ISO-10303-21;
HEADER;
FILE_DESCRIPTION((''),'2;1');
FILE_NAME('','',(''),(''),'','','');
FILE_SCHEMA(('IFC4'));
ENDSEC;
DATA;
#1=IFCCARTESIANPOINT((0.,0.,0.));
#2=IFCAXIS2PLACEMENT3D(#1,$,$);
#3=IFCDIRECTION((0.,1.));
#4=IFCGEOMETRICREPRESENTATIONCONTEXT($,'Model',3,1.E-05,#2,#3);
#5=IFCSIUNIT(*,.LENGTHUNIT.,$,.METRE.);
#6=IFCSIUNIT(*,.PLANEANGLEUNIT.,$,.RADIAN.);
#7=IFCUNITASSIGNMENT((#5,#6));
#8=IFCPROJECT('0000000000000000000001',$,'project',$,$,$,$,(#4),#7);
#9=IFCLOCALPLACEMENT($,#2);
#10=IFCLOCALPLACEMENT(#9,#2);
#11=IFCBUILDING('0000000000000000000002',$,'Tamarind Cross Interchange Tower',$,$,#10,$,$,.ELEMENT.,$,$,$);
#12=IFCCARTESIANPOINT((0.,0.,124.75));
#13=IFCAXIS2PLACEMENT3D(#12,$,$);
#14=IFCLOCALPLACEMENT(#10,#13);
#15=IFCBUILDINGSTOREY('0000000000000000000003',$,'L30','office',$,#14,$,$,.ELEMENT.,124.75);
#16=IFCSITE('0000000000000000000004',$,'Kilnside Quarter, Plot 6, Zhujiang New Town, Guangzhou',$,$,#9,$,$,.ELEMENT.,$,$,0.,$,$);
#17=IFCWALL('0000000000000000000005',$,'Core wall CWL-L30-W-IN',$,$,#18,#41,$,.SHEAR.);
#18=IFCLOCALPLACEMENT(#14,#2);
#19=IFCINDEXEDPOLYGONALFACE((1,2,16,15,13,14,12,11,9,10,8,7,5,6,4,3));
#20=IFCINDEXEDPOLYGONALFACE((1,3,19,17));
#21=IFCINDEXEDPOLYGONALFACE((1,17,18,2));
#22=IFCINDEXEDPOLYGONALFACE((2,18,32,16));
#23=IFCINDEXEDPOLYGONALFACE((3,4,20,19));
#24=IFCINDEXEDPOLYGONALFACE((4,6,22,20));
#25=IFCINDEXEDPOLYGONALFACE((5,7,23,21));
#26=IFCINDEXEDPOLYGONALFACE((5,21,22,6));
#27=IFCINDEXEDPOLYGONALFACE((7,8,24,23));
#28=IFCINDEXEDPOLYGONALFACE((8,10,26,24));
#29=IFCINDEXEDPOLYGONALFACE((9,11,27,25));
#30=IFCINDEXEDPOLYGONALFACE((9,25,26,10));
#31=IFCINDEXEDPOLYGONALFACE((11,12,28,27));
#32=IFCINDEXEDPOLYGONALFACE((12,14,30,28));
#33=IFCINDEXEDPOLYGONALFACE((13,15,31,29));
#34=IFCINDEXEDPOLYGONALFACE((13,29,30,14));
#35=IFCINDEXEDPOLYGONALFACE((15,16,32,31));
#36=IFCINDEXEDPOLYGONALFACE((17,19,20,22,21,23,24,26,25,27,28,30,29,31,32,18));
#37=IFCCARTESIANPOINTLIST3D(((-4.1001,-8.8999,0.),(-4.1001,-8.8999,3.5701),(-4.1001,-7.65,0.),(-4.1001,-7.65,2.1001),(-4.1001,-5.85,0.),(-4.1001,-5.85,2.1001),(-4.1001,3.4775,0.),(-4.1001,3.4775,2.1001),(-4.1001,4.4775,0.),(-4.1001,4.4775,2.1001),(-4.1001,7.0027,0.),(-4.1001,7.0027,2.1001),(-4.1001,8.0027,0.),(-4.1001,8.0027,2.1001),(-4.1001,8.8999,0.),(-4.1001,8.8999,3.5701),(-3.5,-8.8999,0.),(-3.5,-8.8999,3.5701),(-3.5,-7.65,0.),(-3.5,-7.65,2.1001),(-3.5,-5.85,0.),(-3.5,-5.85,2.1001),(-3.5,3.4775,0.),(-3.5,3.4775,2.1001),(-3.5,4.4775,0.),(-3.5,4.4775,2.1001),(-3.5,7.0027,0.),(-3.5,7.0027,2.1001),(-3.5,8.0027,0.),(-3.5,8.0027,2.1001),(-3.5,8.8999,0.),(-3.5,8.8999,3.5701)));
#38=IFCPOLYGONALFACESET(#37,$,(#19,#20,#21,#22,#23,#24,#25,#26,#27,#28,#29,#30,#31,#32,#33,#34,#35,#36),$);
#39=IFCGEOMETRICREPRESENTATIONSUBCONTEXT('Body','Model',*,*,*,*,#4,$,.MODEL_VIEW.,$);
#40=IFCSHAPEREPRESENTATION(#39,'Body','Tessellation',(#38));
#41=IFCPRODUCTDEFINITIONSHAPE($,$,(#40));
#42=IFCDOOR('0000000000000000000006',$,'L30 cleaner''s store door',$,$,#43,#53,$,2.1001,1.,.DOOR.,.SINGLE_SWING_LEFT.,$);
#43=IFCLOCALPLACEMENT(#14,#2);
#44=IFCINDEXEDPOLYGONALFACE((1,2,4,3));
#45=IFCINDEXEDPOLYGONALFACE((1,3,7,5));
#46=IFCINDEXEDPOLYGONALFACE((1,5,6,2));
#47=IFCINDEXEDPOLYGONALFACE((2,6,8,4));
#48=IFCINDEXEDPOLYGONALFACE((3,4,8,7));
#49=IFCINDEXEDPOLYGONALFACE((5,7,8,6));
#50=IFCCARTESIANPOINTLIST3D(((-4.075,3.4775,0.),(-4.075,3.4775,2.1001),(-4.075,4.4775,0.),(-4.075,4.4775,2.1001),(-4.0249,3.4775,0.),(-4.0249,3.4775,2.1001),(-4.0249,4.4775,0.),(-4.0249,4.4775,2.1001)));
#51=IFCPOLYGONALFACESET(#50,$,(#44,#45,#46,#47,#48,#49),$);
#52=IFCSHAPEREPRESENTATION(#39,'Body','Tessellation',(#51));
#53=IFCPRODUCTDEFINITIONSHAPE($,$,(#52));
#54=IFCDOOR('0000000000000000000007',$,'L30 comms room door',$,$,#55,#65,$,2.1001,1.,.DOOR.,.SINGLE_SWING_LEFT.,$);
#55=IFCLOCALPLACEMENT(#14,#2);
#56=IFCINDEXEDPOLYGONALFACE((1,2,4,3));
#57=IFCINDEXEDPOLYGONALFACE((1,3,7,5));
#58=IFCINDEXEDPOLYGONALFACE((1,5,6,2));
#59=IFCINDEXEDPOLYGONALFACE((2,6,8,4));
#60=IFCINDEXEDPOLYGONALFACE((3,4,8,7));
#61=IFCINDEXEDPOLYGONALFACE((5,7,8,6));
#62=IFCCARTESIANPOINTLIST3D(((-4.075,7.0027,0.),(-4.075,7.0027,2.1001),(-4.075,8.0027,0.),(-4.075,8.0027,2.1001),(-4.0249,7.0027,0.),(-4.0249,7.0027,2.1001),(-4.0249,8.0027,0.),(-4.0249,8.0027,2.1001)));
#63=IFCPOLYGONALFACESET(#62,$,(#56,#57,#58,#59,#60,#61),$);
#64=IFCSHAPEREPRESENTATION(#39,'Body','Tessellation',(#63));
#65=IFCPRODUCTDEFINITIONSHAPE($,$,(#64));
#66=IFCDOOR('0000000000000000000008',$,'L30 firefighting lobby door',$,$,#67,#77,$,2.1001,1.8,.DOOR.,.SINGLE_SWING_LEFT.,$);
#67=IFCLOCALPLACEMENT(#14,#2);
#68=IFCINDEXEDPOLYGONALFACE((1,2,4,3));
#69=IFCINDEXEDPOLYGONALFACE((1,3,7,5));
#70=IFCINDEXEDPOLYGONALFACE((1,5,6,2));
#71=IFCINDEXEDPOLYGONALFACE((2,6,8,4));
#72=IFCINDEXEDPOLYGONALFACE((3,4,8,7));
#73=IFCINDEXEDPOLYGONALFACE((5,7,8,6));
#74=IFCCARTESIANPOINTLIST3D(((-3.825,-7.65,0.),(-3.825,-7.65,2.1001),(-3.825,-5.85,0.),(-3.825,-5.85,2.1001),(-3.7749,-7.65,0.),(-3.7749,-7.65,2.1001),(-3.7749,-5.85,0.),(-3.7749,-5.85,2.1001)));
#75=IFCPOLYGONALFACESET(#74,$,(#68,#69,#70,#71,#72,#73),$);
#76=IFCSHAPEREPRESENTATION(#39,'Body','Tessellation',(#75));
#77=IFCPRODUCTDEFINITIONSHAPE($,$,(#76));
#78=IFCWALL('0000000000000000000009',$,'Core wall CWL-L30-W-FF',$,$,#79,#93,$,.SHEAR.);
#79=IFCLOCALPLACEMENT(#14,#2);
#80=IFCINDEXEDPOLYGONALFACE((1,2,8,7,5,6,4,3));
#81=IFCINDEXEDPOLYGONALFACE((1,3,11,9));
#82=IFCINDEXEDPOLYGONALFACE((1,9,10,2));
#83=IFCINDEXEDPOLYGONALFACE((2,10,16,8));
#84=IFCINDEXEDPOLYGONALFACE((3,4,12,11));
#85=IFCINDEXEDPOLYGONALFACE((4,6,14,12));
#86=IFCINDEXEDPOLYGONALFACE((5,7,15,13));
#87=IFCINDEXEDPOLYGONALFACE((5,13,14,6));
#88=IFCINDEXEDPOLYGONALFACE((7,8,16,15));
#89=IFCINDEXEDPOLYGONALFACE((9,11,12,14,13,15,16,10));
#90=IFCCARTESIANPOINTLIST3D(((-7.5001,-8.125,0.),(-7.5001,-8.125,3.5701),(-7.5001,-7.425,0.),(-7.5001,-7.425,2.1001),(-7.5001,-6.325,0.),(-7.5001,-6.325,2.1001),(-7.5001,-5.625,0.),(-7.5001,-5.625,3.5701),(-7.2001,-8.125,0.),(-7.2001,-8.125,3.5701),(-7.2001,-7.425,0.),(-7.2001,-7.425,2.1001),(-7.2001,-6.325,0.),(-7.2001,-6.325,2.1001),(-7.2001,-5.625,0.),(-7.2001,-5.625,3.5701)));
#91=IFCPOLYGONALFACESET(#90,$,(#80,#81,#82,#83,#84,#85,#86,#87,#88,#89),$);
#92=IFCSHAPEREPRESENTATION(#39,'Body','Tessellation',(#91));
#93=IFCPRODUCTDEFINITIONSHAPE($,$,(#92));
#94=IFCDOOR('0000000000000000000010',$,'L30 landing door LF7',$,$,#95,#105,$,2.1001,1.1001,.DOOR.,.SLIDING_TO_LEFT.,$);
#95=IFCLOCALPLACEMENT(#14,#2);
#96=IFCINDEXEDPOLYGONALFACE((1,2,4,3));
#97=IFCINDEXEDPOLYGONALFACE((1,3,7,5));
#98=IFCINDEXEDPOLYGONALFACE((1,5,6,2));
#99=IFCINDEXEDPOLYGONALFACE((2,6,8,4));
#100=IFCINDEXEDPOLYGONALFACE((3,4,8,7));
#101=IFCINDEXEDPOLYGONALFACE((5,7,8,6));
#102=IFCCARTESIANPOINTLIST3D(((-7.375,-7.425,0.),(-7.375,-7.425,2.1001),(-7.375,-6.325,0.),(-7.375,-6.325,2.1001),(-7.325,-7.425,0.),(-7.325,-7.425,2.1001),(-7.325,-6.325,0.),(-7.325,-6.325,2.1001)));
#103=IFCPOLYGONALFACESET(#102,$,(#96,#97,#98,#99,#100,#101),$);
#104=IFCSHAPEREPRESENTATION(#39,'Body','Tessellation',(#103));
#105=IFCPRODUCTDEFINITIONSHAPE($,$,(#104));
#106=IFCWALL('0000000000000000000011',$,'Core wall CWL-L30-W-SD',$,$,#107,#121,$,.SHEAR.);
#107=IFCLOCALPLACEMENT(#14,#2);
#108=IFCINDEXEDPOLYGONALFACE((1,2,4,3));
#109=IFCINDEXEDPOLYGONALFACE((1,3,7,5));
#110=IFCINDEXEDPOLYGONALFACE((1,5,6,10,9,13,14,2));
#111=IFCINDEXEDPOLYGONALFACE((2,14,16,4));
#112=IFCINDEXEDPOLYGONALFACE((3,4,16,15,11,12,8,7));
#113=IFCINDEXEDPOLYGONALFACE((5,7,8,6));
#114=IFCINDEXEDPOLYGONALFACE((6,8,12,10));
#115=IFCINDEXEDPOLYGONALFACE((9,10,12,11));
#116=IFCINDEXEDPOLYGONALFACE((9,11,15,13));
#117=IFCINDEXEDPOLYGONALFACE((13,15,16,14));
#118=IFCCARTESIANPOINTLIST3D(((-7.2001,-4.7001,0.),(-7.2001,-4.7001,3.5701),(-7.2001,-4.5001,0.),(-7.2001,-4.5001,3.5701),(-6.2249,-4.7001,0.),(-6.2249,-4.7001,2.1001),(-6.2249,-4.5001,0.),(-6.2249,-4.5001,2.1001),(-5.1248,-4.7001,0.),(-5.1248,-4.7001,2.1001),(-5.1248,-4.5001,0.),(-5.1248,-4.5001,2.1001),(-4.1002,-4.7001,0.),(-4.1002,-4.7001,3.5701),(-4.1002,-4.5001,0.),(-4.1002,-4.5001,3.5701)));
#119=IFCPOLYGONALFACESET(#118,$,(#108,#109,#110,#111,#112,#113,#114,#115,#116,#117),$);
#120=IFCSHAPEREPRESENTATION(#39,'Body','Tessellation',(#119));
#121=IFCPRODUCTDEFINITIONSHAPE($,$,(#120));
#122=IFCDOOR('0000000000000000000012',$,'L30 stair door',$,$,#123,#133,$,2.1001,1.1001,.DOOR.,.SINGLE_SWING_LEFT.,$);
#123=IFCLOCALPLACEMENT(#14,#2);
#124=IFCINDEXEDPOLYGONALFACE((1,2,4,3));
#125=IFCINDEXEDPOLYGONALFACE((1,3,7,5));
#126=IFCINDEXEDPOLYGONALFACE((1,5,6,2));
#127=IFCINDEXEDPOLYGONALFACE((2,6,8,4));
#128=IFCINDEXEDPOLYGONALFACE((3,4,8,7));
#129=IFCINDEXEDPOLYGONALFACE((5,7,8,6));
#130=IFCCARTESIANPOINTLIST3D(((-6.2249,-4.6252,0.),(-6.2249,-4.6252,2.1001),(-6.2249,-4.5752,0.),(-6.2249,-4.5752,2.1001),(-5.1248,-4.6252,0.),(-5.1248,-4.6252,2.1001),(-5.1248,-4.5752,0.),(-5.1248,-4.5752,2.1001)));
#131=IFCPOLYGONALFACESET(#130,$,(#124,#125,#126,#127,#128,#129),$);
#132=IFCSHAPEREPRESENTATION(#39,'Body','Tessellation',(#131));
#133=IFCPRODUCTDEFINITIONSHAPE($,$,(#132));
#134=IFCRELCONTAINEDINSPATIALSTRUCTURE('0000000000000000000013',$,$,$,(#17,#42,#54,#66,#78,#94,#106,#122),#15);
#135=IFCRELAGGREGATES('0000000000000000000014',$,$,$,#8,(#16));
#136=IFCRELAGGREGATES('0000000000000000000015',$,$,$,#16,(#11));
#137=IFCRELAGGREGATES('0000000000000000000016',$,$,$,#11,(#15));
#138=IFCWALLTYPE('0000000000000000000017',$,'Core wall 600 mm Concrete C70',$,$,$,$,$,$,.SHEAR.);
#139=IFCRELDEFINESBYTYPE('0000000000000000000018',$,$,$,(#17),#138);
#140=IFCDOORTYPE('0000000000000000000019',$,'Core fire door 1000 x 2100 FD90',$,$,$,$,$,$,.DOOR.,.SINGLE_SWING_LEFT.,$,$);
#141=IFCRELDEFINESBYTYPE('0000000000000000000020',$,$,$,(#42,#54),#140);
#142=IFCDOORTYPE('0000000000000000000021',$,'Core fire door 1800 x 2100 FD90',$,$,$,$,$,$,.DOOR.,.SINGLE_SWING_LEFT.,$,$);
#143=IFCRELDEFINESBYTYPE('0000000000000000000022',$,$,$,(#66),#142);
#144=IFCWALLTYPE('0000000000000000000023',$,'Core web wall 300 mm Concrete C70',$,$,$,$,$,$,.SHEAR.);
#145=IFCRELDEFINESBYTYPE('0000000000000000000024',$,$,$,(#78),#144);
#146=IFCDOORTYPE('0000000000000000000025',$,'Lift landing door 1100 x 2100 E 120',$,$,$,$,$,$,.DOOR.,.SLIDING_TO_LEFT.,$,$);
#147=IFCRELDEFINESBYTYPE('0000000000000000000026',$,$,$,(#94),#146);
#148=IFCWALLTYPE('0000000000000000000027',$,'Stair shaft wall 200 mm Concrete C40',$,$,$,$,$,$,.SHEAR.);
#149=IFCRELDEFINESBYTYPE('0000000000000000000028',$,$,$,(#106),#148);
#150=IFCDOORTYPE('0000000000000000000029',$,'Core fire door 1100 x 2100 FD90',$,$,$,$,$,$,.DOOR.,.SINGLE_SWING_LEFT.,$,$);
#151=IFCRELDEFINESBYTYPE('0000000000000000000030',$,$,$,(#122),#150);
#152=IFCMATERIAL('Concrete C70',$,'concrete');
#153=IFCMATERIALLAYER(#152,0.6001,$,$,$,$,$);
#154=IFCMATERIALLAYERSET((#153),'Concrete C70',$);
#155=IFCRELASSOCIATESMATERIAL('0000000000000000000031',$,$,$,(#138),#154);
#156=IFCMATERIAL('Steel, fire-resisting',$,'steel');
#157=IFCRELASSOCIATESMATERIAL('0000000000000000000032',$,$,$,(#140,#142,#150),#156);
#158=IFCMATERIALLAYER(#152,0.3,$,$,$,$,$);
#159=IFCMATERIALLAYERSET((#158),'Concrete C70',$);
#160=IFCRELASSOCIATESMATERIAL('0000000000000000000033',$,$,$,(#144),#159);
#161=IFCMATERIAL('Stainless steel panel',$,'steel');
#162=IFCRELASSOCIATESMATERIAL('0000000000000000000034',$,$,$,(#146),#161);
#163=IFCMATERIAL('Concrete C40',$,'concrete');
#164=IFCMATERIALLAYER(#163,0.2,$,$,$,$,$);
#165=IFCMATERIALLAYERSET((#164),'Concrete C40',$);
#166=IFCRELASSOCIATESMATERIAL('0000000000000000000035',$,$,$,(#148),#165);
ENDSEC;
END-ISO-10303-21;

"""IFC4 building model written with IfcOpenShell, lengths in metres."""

from ifc_helpers import new_model, si_unit, direction, frame, frame_2d, origin, place, context, subcontext, project, spatial, rectangle, extrude, material, layer, layer_set, type_object, element, fill, save


model = new_model("IFC4")

# Units and contexts
model_context = context("Model", 3, precision=1e-05, world=origin(), true_north=direction((0.0, 1.0)))
body_context = subcontext(model_context, "Body", "Model", "MODEL_VIEW")
ifc_project = project(units=[si_unit("LENGTHUNIT", "METRE"), si_unit("PLANEANGLEUNIT", "RADIAN")], contexts=[model_context])

# Site, building, storey
site_placement = place(None, origin())
site = spatial("IfcSite", under=ifc_project, at=site_placement, Name="Kilnside Quarter, Plot 6, Zhujiang New Town, Guangzhou", CompositionType="ELEMENT", RefElevation=0.0)
building_placement = place(site_placement, origin())
building = spatial("IfcBuilding", under=site, at=building_placement, Name="Tamarind Cross Interchange Tower", CompositionType="ELEMENT")
storey_placement = place(building_placement, frame((0.0, 0.0, 124.75)))
storey = spatial("IfcBuildingStorey", under=building, at=storey_placement, Name="L30", Description="office", CompositionType="ELEMENT", Elevation=124.75)

# Wall, openings, doors
ifc_material_1 = material(Name="Concrete C70", Category="concrete")
ifc_layer_1 = layer(ifc_material_1, 0.6001)
ifc_layer_set_1 = layer_set([ifc_layer_1], Name="Concrete C70")
wall_type_1 = type_object("IfcWallType", Name="Core wall 600 mm Concrete C70", PredefinedType="SHEAR", material=ifc_layer_set_1)
wall_1_placement = place(storey_placement, frame((-3.8, -8.8999, 0.0), z_axis=(0.0, 0.0, 1.0), x_axis=(0.0, 1.0, 0.0)))
wall_1 = element("IfcWall", 1, at=wall_1_placement, inside=storey, type_object=wall_type_1, Name="Core wall CWL-L30-W-IN", PredefinedType="SHEAR", context=body_context, shape_type="SweptSolid", body=[
    extrude(rectangle(XDim=17.7998, YDim=0.6001, at=frame_2d((8.8999, 0.0))), origin(), (0.0, 0.0, 1.0), 3.5701),
])
opening_1_placement = place(wall_1_placement, frame((1.25, 0.0, 0.0)))
opening_1 = element("IfcOpeningElement", 2, at=opening_1_placement, cuts=wall_1, PredefinedType="OPENING", context=body_context, shape_type="SweptSolid", body=[
    extrude(rectangle(XDim=1.8, YDim=2.1001, at=frame_2d((0.8999, 1.05))), frame((0.0, 0.3101, 0.0), z_axis=(0.0, -1.0, 0.0), x_axis=(1.0, 0.0, 0.0)), (0.0, 0.0, 1.0), 0.6201),
])
opening_2_placement = place(wall_1_placement, frame((12.3774, 0.0, 0.0)))
opening_2 = element("IfcOpeningElement", 3, at=opening_2_placement, cuts=wall_1, PredefinedType="OPENING", context=body_context, shape_type="SweptSolid", body=[
    extrude(rectangle(XDim=1.0, YDim=2.1001, at=frame_2d((0.5, 1.05))), frame((0.0, 0.3101, 0.0), z_axis=(0.0, -1.0, 0.0), x_axis=(1.0, 0.0, 0.0)), (0.0, 0.0, 1.0), 0.6201),
])
opening_3_placement = place(wall_1_placement, frame((15.9026, 0.0, 0.0)))
opening_3 = element("IfcOpeningElement", 4, at=opening_3_placement, cuts=wall_1, PredefinedType="OPENING", context=body_context, shape_type="SweptSolid", body=[
    extrude(rectangle(XDim=1.0, YDim=2.1001, at=frame_2d((0.5, 1.05))), frame((0.0, 0.3101, 0.0), z_axis=(0.0, -1.0, 0.0), x_axis=(1.0, 0.0, 0.0)), (0.0, 0.0, 1.0), 0.6201),
])
ifc_material_2 = material(Name="Steel, fire-resisting", Category="steel")
door_type_1 = type_object("IfcDoorType", Name="Core fire door 1000 x 2100 FD90", OperationType="SINGLE_SWING_LEFT", PredefinedType="DOOR", material=ifc_material_2)
door_1_placement = place(opening_2_placement, origin())
door_1 = element("IfcDoor", 5, at=door_1_placement, inside=storey, type_object=door_type_1, Name="L30 cleaner's store door", OperationType="SINGLE_SWING_LEFT", OverallHeight=2.1001, OverallWidth=1.0, PredefinedType="DOOR", context=body_context, shape_type="SweptSolid", body=[
    extrude(rectangle(XDim=1.0, YDim=2.1001, at=frame_2d((0.5, 1.05))), frame((0.0, 0.2749, 0.0), z_axis=(0.0, -1.0, 0.0), x_axis=(1.0, 0.0, 0.0)), (0.0, 0.0, 1.0), 0.05),
])
fill(opening_2, door_1)
door_2_placement = place(opening_3_placement, origin())
door_2 = element("IfcDoor", 6, at=door_2_placement, inside=storey, type_object=door_type_1, Name="L30 comms room door", OperationType="SINGLE_SWING_LEFT", OverallHeight=2.1001, OverallWidth=1.0, PredefinedType="DOOR", context=body_context, shape_type="SweptSolid", body=[
    extrude(rectangle(XDim=1.0, YDim=2.1001, at=frame_2d((0.5, 1.05))), frame((0.0, 0.2749, 0.0), z_axis=(0.0, -1.0, 0.0), x_axis=(1.0, 0.0, 0.0)), (0.0, 0.0, 1.0), 0.05),
])
fill(opening_3, door_2)
door_type_2 = type_object("IfcDoorType", Name="Core fire door 1800 x 2100 FD90", OperationType="SINGLE_SWING_LEFT", PredefinedType="DOOR", material=ifc_material_2)
door_3_placement = place(opening_1_placement, origin())
door_3 = element("IfcDoor", 7, at=door_3_placement, inside=storey, type_object=door_type_2, Name="L30 firefighting lobby door", OperationType="SINGLE_SWING_LEFT", OverallHeight=2.1001, OverallWidth=1.8, PredefinedType="DOOR", context=body_context, shape_type="SweptSolid", body=[
    extrude(rectangle(XDim=1.8, YDim=2.1001, at=frame_2d((0.8999, 1.05))), frame((0.0, 0.0249, 0.0), z_axis=(0.0, -1.0, 0.0), x_axis=(1.0, 0.0, 0.0)), (0.0, 0.0, 1.0), 0.05),
])
fill(opening_1, door_3)

# Walls, openings, doors
ifc_layer_2 = layer(ifc_material_1, 0.3)
ifc_layer_set_2 = layer_set([ifc_layer_2], Name="Concrete C70")
wall_type_2 = type_object("IfcWallType", Name="Core web wall 300 mm Concrete C70", PredefinedType="SHEAR", material=ifc_layer_set_2)
wall_2_placement = place(storey_placement, frame((-7.3501, -8.125, 0.0), z_axis=(0.0, 0.0, 1.0), x_axis=(0.0, 1.0, 0.0)))
wall_2 = element("IfcWall", 8, at=wall_2_placement, inside=storey, type_object=wall_type_2, Name="Core wall CWL-L30-W-FF", PredefinedType="SHEAR", context=body_context, shape_type="SweptSolid", body=[
    extrude(rectangle(XDim=2.5, YDim=0.3, at=frame_2d((1.25, 0.0))), origin(), (0.0, 0.0, 1.0), 3.5701),
])
opening_4_placement = place(wall_2_placement, frame((0.7, 0.0, 0.0)))
opening_4 = element("IfcOpeningElement", 9, at=opening_4_placement, cuts=wall_2, PredefinedType="OPENING", context=body_context, shape_type="SweptSolid", body=[
    extrude(rectangle(XDim=1.1001, YDim=2.1001, at=frame_2d((0.55, 1.05))), frame((0.0, 0.1599, 0.0), z_axis=(0.0, -1.0, 0.0), x_axis=(1.0, 0.0, 0.0)), (0.0, 0.0, 1.0), 0.3201),
])
ifc_material_3 = material(Name="Stainless steel panel", Category="steel")
door_type_3 = type_object("IfcDoorType", Name="Lift landing door 1100 x 2100 E 120", OperationType="SLIDING_TO_LEFT", PredefinedType="DOOR", material=ifc_material_3)
door_4_placement = place(opening_4_placement, origin())
door_4 = element("IfcDoor", 10, at=door_4_placement, inside=storey, type_object=door_type_3, Name="L30 landing door LF7", OperationType="SLIDING_TO_LEFT", OverallHeight=2.1001, OverallWidth=1.1001, PredefinedType="DOOR", context=body_context, shape_type="SweptSolid", body=[
    extrude(rectangle(XDim=1.1001, YDim=2.1001, at=frame_2d((0.55, 1.05))), frame((0.0, 0.0249, 0.0), z_axis=(0.0, -1.0, 0.0), x_axis=(1.0, 0.0, 0.0)), (0.0, 0.0, 1.0), 0.05),
])
fill(opening_4, door_4)
ifc_material_4 = material(Name="Concrete C40", Category="concrete")
ifc_layer_3 = layer(ifc_material_4, 0.2)
ifc_layer_set_3 = layer_set([ifc_layer_3], Name="Concrete C40")
wall_type_3 = type_object("IfcWallType", Name="Stair shaft wall 200 mm Concrete C40", PredefinedType="SHEAR", material=ifc_layer_set_3)
wall_3_placement = place(storey_placement, frame((-7.2, -4.6001, 0.0), z_axis=(0.0, 0.0, 1.0), x_axis=(1.0, 0.0, 0.0)))
wall_3 = element("IfcWall", 11, at=wall_3_placement, inside=storey, type_object=wall_type_3, Name="Core wall CWL-L30-W-SD", PredefinedType="SHEAR", context=body_context, shape_type="SweptSolid", body=[
    extrude(rectangle(XDim=3.0999, YDim=0.2, at=frame_2d((1.5498, 0.0))), origin(), (0.0, 0.0, 1.0), 3.5701),
])
opening_5_placement = place(wall_3_placement, frame((0.9751, 0.0, 0.0)))
opening_5 = element("IfcOpeningElement", 12, at=opening_5_placement, cuts=wall_3, PredefinedType="OPENING", context=body_context, shape_type="SweptSolid", body=[
    extrude(rectangle(XDim=1.1001, YDim=2.1001, at=frame_2d((0.55, 1.05))), frame((0.0, 0.1099, 0.0), z_axis=(0.0, -1.0, 0.0), x_axis=(1.0, 0.0, 0.0)), (0.0, 0.0, 1.0), 0.22),
])
door_type_4 = type_object("IfcDoorType", Name="Core fire door 1100 x 2100 FD90", OperationType="SINGLE_SWING_LEFT", PredefinedType="DOOR", material=ifc_material_2)
door_5_placement = place(opening_5_placement, origin())
door_5 = element("IfcDoor", 13, at=door_5_placement, inside=storey, type_object=door_type_4, Name="L30 stair door", OperationType="SINGLE_SWING_LEFT", OverallHeight=2.1001, OverallWidth=1.1001, PredefinedType="DOOR", context=body_context, shape_type="SweptSolid", body=[
    extrude(rectangle(XDim=1.1001, YDim=2.1001, at=frame_2d((0.55, 1.05))), frame((0.0, 0.0249, 0.0), z_axis=(0.0, -1.0, 0.0), x_axis=(1.0, 0.0, 0.0)), (0.0, 0.0, 1.0), 0.05),
])
fill(opening_5, door_5)

save(model, "model.ifc")
